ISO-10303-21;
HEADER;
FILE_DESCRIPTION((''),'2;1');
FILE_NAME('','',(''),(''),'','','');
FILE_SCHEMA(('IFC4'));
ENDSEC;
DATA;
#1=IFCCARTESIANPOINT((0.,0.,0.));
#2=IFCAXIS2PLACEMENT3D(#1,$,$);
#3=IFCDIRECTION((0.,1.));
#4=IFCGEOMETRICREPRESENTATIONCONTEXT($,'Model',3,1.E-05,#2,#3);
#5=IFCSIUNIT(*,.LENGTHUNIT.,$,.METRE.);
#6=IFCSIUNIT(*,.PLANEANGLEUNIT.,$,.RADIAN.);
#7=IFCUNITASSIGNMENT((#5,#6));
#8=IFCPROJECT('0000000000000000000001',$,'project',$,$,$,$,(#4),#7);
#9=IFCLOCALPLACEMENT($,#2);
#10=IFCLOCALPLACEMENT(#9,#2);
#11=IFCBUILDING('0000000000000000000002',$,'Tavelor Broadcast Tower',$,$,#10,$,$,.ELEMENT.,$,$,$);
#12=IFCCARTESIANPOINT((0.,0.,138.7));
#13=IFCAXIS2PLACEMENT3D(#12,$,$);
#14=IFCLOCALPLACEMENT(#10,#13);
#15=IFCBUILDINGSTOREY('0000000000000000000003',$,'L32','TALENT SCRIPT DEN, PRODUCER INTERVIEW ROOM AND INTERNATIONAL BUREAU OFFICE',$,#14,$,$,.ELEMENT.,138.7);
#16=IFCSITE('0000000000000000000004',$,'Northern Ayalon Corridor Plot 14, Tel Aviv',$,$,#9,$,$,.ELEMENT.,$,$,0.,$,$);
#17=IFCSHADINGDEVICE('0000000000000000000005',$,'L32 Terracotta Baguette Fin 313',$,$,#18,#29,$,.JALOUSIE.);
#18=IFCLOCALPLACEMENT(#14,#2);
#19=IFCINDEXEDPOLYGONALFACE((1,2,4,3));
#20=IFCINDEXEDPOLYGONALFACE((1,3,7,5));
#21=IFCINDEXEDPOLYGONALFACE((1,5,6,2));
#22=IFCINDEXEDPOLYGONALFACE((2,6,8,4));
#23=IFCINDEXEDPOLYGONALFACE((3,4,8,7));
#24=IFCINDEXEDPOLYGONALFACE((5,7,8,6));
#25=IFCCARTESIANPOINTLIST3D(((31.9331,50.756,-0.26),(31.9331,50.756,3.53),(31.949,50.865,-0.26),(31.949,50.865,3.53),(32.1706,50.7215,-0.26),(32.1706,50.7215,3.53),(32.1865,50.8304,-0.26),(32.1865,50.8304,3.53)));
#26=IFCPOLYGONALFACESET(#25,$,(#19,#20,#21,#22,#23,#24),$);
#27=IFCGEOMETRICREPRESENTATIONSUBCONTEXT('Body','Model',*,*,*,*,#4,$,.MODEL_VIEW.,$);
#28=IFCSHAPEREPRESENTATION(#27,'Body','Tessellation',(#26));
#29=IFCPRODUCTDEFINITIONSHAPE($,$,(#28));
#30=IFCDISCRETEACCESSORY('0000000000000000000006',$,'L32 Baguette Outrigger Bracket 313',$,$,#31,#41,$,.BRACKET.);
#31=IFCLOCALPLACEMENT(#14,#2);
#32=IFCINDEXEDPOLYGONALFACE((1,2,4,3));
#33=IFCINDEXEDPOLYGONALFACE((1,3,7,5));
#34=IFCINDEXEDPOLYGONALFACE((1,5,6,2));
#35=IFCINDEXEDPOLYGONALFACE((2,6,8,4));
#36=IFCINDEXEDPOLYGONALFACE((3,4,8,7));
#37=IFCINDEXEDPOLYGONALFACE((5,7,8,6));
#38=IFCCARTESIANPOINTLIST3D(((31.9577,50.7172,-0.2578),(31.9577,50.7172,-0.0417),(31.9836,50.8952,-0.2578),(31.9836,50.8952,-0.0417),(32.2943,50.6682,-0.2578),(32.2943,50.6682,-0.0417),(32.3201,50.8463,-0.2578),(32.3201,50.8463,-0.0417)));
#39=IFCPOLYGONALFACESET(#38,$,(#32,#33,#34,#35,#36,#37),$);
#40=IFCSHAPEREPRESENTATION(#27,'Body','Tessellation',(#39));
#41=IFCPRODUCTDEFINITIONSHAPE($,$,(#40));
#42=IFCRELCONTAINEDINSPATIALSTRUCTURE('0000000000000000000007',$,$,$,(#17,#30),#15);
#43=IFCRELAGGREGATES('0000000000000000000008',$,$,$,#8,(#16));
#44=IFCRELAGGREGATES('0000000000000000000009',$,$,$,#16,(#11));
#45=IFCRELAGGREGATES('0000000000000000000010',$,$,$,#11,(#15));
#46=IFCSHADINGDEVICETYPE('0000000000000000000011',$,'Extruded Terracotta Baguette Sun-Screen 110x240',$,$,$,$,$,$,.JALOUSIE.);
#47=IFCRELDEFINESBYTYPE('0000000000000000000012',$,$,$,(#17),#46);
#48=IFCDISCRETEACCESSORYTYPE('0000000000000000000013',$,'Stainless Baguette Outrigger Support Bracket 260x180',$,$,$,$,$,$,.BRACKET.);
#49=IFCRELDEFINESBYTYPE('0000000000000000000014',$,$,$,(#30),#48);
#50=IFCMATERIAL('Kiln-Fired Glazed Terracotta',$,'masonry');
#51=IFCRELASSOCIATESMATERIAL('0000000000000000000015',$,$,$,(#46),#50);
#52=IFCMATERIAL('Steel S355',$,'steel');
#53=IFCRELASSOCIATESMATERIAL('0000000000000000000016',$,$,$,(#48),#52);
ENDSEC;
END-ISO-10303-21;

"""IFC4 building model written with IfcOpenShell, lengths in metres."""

from ifc_helpers import new_model, si_unit, direction, frame, origin, origin_2d, place, context, subcontext, project, spatial, rectangle, extrude, source, transform, mapped, material, type_object, type_shapes, element, save


model = new_model("IFC4")

# Units and contexts
model_context = context("Model", 3, precision=1e-05, world=origin(), true_north=direction((0.0, 1.0)))
body_context = subcontext(model_context, "Body", "Model", "MODEL_VIEW")
ifc_project = project(units=[si_unit("LENGTHUNIT", "METRE"), si_unit("PLANEANGLEUNIT", "RADIAN")], contexts=[model_context])

# Site, building, storey
site_placement = place(None, origin())
site = spatial("IfcSite", under=ifc_project, at=site_placement, Name="Northern Ayalon Corridor Plot 14, Tel Aviv", CompositionType="ELEMENT", RefElevation=0.0)
building_placement = place(site_placement, origin())
building = spatial("IfcBuilding", under=site, at=building_placement, Name="Tavelor Broadcast Tower", CompositionType="ELEMENT")
storey_placement = place(building_placement, frame((0.0, 0.0, 138.7)))
storey = spatial("IfcBuildingStorey", under=building, at=storey_placement, Name="L32", Description="TALENT SCRIPT DEN, PRODUCER INTERVIEW ROOM AND INTERNATIONAL BUREAU OFFICE", CompositionType="ELEMENT", Elevation=138.7)

# Shared definitions
ifc_material_1 = material(Name="Steel S355", Category="steel")

# Shading device
ifc_material_2 = material(Name="Kiln-Fired Glazed Terracotta", Category="masonry")
shading_device_type = type_object("IfcShadingDeviceType", Name="Extruded Terracotta Baguette Sun-Screen 110x240", PredefinedType="JALOUSIE", material=ifc_material_2)
shared_shape_1 = source(origin(), body_context, "Body", "SweptSolid", [
    extrude(rectangle(XDim=0.1101, YDim=0.24, at=origin_2d()), origin(), (0.0, 0.0, 1.0), 3.79),
])
type_shapes(shading_device_type, [shared_shape_1])
shading_device_placement = place(storey_placement, frame((32.0598, 50.7932, -0.26), z_axis=(0.0, 0.0, 1.0), x_axis=(-0.143838, -0.989601, 0.0)))
element("IfcShadingDevice", 1, at=shading_device_placement, inside=storey, type_object=shading_device_type, Name="L32 Terracotta Baguette Fin 313", PredefinedType="JALOUSIE", context=body_context, shape_type="MappedRepresentation", body=[
    mapped(shared_shape_1, transform((0.0, 0.0, 0.0), scale=1.0)),
])

# Discrete accessory
discrete_accessory_type = type_object("IfcDiscreteAccessoryType", Name="Stainless Baguette Outrigger Support Bracket 260x180", PredefinedType="BRACKET", material=ifc_material_1)
shared_shape_2 = source(origin(), body_context, "Body", "SweptSolid", [
    extrude(rectangle(XDim=0.1799, YDim=0.3401, at=origin_2d()), origin(), (0.0, 0.0, 1.0), 0.2161),
])
type_shapes(discrete_accessory_type, [shared_shape_2])
discrete_accessory_placement = place(storey_placement, frame((32.1389, 50.7817, -0.2578), z_axis=(0.0, 0.0, 1.0), x_axis=(-0.143838, -0.989601, 0.0)))
element("IfcDiscreteAccessory", 2, at=discrete_accessory_placement, inside=storey, type_object=discrete_accessory_type, Name="L32 Baguette Outrigger Bracket 313", PredefinedType="BRACKET", context=body_context, shape_type="MappedRepresentation", body=[
    mapped(shared_shape_2, transform((0.0, 0.0, 0.0), scale=1.0)),
])

save(model, "model.ifc")
